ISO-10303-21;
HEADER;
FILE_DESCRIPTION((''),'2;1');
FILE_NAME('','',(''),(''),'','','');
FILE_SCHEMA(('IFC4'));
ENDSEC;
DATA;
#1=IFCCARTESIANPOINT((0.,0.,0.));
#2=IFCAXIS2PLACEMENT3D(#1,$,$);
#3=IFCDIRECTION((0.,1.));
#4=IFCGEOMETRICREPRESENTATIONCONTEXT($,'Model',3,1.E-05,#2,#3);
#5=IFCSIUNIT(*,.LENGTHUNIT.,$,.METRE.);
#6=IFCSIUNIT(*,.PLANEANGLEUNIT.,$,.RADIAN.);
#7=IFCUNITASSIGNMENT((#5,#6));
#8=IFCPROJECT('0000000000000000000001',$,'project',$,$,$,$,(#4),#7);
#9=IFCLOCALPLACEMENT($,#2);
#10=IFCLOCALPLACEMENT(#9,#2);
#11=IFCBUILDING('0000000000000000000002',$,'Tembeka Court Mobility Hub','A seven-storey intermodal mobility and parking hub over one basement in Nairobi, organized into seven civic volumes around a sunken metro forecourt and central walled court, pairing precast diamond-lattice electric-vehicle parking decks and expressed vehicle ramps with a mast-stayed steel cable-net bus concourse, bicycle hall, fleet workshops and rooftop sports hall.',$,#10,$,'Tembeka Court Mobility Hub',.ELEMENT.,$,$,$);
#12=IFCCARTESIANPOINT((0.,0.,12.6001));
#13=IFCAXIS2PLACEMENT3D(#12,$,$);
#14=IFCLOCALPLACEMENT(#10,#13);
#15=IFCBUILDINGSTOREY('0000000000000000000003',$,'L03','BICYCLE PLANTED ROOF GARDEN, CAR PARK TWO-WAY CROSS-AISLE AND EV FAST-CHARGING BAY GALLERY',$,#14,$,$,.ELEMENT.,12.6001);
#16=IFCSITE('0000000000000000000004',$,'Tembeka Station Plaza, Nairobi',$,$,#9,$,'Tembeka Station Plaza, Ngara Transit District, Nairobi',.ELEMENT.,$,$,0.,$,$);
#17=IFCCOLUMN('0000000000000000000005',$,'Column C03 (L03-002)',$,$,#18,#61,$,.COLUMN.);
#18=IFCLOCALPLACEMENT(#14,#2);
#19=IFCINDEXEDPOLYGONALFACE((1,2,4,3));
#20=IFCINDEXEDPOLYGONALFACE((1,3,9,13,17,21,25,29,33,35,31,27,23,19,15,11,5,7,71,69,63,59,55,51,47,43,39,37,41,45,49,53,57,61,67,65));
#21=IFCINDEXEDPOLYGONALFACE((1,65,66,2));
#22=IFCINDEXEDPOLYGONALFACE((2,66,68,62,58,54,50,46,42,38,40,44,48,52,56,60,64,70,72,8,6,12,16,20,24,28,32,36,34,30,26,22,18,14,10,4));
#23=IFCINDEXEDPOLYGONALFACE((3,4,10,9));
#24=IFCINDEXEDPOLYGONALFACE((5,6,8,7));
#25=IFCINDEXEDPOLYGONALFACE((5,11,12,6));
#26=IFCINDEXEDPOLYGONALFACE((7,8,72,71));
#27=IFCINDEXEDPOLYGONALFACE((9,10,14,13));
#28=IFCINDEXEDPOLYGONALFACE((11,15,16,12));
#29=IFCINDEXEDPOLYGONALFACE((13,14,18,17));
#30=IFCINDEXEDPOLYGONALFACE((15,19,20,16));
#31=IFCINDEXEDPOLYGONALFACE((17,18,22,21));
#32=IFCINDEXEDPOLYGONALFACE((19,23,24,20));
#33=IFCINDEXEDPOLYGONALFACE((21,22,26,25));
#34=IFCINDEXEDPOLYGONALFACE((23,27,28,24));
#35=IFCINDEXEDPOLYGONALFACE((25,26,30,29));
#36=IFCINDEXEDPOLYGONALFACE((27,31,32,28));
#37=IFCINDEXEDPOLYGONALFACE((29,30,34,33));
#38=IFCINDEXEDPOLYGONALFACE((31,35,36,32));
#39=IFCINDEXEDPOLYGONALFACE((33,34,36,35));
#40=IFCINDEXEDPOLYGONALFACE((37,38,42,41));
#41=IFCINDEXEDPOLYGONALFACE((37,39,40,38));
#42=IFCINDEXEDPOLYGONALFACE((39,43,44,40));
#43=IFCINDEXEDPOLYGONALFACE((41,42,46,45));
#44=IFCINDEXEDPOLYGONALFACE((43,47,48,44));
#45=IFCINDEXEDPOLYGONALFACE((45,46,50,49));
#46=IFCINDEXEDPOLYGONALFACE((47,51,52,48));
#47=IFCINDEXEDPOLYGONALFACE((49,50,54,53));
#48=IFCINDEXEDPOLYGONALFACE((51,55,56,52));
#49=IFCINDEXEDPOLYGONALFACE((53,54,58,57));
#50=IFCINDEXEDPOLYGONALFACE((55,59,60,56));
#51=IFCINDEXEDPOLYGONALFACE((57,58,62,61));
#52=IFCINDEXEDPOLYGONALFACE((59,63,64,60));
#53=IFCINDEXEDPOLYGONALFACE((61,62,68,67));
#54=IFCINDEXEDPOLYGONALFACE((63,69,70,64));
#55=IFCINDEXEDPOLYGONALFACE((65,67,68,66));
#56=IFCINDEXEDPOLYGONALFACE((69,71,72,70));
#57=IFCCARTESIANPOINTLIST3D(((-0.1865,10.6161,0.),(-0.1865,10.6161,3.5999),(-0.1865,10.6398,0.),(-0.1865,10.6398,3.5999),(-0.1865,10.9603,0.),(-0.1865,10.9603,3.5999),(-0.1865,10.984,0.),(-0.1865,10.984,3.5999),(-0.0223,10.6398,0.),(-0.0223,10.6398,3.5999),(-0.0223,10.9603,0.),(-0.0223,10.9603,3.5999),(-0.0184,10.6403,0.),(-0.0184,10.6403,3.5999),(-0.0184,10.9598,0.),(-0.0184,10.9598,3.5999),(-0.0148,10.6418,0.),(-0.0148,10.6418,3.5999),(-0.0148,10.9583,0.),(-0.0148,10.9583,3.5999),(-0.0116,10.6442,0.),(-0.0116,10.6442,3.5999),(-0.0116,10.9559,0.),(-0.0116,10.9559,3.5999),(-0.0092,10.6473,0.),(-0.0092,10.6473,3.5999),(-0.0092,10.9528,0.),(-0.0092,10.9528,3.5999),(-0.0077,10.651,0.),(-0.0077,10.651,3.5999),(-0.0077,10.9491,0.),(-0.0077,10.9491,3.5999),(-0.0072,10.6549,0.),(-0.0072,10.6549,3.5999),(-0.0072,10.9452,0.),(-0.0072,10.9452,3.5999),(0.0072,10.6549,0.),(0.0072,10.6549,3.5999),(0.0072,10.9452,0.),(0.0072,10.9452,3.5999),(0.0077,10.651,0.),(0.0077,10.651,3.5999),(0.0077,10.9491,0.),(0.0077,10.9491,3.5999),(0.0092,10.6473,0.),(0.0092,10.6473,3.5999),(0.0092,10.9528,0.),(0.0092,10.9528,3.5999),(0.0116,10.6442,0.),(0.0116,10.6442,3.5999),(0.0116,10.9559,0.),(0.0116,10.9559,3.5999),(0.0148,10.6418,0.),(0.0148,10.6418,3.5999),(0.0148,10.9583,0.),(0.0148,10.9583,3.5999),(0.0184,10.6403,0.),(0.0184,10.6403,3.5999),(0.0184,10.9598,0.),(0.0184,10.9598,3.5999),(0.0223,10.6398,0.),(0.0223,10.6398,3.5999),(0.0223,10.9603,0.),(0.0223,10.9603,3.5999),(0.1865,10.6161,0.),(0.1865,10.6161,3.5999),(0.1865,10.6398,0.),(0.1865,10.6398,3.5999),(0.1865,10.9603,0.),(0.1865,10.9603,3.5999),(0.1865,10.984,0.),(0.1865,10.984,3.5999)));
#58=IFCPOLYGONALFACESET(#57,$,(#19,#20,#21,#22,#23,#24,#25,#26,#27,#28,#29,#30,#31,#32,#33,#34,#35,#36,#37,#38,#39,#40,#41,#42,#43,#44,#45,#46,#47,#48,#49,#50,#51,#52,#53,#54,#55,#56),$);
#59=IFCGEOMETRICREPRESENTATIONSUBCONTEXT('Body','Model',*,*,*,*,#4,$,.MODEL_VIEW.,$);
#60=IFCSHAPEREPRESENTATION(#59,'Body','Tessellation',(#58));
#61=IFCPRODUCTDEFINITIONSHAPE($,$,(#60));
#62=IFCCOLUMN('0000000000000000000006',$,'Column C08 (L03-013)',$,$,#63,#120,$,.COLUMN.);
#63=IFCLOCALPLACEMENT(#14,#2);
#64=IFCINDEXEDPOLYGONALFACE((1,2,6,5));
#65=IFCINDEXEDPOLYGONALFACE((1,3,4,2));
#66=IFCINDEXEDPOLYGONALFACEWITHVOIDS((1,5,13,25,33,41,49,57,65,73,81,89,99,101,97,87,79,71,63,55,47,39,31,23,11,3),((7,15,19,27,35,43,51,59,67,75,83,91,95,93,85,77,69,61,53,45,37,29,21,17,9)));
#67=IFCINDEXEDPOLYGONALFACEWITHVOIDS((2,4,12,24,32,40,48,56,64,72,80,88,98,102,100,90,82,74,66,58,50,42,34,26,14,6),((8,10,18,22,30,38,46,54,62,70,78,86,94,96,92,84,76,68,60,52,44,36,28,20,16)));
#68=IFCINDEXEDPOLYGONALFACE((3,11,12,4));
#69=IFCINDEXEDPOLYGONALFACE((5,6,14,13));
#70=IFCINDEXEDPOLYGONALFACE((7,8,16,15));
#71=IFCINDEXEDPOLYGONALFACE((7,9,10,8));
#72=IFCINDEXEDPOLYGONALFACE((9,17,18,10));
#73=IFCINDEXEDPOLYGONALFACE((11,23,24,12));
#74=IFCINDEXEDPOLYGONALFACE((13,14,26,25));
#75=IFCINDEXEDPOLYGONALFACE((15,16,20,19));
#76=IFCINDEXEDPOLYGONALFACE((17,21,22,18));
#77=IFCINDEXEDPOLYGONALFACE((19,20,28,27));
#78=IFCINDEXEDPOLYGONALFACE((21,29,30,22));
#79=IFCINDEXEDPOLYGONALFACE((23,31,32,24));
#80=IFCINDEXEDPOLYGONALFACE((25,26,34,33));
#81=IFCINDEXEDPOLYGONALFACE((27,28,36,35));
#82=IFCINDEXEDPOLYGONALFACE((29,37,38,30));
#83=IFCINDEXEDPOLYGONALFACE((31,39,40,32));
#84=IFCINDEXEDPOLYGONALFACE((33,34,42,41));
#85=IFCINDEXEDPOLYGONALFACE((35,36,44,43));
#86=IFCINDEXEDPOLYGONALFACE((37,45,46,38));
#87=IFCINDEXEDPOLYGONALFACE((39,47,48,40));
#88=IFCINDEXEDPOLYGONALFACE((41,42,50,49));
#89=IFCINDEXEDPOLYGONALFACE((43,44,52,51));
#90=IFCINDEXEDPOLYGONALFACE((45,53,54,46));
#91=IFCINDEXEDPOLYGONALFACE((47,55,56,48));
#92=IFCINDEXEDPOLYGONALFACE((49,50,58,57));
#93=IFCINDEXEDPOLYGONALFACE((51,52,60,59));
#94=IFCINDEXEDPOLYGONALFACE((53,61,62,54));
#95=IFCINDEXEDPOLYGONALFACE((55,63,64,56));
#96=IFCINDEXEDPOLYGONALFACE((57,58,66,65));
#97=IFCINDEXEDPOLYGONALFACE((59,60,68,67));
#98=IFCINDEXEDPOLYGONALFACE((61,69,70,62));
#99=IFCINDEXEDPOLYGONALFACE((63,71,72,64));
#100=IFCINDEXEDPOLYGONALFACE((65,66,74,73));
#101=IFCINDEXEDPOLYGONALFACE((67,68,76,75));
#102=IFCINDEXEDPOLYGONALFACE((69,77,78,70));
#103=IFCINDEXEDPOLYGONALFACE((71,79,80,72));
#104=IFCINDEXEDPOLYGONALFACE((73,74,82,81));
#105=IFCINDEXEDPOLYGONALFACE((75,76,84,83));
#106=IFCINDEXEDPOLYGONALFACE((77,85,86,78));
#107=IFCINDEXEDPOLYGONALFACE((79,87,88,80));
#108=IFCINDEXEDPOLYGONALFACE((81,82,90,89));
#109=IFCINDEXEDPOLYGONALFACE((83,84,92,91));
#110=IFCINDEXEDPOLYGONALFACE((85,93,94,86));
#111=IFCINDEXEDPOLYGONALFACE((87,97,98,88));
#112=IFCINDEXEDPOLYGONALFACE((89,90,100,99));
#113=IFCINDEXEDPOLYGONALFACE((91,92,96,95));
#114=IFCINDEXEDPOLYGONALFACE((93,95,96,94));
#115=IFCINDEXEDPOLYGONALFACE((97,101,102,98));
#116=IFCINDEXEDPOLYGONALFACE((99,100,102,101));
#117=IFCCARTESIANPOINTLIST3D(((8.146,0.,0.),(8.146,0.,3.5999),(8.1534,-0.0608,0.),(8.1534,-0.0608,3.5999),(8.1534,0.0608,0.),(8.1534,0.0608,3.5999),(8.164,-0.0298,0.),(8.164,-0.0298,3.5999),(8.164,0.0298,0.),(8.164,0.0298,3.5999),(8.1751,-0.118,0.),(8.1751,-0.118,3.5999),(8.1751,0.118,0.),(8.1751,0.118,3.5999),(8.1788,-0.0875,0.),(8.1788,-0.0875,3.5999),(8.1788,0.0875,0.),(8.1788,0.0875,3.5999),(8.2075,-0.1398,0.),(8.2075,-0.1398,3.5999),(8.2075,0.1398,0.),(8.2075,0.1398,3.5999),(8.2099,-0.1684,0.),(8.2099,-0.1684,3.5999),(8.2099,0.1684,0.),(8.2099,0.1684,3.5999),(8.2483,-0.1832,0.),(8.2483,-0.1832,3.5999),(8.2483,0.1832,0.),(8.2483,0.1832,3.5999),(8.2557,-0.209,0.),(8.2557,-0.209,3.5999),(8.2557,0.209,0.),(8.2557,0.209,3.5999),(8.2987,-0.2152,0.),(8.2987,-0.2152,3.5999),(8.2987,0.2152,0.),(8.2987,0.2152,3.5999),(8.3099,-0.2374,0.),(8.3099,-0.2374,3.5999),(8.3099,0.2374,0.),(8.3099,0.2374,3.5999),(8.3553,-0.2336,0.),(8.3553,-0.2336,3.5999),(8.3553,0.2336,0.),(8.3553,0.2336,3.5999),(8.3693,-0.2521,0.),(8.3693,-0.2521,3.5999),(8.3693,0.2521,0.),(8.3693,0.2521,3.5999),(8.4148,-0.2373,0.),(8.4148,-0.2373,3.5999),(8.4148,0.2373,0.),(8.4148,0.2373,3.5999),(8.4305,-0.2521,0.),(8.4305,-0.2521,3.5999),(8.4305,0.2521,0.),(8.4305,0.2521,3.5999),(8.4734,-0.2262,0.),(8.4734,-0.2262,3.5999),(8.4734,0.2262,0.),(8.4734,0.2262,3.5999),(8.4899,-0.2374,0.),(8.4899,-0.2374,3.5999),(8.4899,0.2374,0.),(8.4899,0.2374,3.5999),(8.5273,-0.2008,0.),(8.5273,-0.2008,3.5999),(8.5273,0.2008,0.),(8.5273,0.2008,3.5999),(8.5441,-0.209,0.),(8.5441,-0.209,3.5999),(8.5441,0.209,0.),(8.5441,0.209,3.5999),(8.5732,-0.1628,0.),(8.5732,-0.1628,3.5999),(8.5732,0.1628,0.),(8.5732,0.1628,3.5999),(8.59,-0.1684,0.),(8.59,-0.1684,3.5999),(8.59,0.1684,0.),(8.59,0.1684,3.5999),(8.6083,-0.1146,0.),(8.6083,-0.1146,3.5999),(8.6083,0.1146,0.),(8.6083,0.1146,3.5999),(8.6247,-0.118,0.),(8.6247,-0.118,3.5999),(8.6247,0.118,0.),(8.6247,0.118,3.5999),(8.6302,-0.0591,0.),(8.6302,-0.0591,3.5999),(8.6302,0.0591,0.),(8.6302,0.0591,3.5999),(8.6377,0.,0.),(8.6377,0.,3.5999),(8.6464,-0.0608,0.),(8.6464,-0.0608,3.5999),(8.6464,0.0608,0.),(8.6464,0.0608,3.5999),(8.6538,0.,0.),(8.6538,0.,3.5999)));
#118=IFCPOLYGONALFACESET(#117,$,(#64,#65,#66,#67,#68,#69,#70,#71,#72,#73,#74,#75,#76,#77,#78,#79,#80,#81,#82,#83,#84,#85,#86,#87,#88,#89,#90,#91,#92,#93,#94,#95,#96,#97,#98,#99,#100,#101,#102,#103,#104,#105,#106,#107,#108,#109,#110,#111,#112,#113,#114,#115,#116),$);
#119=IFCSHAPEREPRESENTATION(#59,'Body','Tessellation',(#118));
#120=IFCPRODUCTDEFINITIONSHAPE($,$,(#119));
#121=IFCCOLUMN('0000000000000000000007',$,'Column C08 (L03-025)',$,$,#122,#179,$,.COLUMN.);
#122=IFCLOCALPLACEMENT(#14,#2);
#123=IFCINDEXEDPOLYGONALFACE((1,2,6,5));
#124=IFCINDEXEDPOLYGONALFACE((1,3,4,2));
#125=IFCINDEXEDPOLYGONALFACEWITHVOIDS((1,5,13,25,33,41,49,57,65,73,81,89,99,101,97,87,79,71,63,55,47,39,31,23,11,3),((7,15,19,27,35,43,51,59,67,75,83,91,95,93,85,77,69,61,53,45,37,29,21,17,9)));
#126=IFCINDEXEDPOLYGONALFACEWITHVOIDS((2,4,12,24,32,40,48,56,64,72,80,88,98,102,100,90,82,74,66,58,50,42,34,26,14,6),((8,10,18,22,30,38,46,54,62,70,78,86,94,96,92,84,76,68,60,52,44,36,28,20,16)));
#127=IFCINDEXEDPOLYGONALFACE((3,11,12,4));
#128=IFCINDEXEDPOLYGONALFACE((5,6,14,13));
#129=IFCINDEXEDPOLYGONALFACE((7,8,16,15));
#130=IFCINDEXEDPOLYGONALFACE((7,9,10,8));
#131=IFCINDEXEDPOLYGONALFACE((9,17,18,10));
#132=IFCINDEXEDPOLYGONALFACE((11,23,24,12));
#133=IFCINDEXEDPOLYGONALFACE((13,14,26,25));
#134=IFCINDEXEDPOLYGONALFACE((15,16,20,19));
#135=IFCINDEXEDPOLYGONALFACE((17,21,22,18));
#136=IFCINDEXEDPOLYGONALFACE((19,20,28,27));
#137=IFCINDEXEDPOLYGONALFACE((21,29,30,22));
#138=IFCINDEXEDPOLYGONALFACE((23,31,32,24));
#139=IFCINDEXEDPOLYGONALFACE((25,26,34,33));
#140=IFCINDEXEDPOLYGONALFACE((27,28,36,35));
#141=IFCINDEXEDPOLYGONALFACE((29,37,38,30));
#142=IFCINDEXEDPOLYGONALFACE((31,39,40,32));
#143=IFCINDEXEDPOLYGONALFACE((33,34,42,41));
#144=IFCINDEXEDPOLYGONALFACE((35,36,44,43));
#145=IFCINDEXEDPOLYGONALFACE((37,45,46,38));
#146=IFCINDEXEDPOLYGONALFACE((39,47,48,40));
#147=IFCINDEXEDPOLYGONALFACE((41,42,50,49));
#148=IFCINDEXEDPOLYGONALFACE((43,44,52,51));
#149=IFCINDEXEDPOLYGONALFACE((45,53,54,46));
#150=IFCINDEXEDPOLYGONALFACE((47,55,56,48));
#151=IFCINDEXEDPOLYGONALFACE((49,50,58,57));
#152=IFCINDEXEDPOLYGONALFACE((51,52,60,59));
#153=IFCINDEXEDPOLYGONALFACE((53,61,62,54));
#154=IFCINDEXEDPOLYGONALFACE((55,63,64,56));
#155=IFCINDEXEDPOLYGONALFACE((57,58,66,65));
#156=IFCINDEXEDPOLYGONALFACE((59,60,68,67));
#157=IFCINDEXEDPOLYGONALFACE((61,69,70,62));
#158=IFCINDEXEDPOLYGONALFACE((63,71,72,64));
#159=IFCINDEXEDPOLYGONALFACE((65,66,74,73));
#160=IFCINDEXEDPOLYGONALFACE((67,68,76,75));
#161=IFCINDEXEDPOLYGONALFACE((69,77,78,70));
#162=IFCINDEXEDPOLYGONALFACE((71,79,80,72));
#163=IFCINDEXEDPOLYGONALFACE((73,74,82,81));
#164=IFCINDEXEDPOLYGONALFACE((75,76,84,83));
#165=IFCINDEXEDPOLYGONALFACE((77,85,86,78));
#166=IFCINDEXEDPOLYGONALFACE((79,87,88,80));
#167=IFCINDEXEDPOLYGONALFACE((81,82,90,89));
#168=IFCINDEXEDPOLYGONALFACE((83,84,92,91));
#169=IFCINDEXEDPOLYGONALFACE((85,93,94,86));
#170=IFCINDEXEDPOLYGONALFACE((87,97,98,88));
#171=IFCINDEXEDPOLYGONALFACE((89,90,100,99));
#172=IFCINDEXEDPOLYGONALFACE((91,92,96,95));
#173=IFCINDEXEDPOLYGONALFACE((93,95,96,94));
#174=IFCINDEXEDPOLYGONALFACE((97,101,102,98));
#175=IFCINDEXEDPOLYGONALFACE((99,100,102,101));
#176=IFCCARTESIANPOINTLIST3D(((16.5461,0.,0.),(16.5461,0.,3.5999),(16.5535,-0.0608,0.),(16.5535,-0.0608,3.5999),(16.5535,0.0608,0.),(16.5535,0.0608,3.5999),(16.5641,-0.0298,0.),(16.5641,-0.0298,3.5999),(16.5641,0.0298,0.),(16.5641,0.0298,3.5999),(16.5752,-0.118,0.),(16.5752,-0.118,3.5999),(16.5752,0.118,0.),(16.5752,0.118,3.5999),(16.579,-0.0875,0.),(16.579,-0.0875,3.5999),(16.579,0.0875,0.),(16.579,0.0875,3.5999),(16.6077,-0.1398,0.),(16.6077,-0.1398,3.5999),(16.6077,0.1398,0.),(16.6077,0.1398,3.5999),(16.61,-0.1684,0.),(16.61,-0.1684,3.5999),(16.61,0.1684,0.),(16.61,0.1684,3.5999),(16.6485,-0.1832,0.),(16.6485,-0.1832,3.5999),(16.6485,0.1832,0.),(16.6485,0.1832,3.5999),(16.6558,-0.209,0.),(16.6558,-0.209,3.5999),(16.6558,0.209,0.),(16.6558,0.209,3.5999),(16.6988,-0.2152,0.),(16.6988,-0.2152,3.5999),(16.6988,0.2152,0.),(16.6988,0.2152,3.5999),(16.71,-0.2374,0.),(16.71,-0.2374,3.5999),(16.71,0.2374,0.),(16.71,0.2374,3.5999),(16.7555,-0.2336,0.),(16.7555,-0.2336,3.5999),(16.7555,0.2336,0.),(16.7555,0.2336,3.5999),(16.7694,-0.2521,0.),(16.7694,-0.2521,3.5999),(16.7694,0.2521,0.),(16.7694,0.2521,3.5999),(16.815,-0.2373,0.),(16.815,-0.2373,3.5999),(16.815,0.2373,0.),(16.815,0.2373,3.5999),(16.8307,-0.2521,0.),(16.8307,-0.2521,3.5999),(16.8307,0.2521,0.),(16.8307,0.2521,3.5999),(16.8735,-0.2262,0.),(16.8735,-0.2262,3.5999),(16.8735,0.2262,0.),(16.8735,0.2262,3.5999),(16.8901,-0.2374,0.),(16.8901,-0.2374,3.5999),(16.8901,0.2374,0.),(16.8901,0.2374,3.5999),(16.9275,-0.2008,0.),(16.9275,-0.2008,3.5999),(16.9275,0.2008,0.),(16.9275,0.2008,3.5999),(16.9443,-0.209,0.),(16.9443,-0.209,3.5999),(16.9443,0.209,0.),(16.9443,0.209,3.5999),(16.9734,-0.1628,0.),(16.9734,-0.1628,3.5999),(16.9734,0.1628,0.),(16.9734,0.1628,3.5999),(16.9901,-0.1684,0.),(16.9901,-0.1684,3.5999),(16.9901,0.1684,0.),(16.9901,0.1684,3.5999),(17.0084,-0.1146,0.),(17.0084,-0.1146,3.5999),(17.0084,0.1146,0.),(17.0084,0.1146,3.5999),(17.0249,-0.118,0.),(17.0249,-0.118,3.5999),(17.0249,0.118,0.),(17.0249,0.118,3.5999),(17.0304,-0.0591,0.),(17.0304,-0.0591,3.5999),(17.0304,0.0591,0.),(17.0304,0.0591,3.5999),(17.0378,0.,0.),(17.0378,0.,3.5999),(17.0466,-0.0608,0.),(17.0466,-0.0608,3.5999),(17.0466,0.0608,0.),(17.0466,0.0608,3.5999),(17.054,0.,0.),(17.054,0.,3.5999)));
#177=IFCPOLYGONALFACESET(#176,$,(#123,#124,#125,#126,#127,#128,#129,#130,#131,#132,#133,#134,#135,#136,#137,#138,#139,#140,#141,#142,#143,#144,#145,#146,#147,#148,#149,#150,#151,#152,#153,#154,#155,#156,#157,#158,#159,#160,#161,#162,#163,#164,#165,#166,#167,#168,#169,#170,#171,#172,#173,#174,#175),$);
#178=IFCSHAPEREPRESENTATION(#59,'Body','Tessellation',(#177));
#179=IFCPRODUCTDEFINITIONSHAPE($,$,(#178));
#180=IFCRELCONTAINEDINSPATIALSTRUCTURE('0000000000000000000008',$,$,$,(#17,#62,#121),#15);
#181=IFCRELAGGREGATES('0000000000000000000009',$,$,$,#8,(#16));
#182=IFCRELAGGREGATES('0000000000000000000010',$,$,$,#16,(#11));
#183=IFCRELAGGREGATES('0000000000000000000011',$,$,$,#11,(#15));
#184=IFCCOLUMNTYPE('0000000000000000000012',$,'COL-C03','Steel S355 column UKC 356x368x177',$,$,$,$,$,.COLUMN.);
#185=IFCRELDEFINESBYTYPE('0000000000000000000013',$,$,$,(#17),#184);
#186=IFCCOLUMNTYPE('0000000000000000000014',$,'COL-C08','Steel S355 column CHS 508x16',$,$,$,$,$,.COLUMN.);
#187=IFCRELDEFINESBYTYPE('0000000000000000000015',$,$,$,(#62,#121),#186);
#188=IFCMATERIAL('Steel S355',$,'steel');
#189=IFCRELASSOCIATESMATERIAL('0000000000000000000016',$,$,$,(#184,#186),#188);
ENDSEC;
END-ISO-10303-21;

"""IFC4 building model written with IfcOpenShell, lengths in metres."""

from ifc_helpers import new_model, si_unit, direction, frame, origin, origin_2d, place, context, subcontext, project, spatial, hollow_circle, i_section, extrude, material, material_profile, profile_set, type_object, element, save


model = new_model("IFC4")

# Units and contexts
model_context = context("Model", 3, precision=1e-05, world=origin(), true_north=direction((0.0, 1.0)))
body_context = subcontext(model_context, "Body", "Model", "MODEL_VIEW")
ifc_project = project(units=[si_unit("LENGTHUNIT", "METRE"), si_unit("PLANEANGLEUNIT", "RADIAN")], contexts=[model_context])

# Site, building, storey
site_placement = place(None, origin())
site = spatial("IfcSite", under=ifc_project, at=site_placement, Name="Tembeka Station Plaza, Nairobi", LongName="Tembeka Station Plaza, Ngara Transit District, Nairobi", CompositionType="ELEMENT", RefElevation=0.0)
building_placement = place(site_placement, origin())
building = spatial("IfcBuilding", under=site, at=building_placement, Name="Tembeka Court Mobility Hub", Description="A seven-storey intermodal mobility and parking hub over one basement in Nairobi, organized into seven civic volumes around a sunken metro forecourt and central walled court, pairing precast diamond-lattice electric-vehicle parking decks and expressed vehicle ramps with a mast-stayed steel cable-net bus concourse, bicycle hall, fleet workshops and rooftop sports hall.", LongName="Tembeka Court Mobility Hub", CompositionType="ELEMENT")
storey_placement = place(building_placement, frame((0.0, 0.0, 12.6001)))
storey = spatial("IfcBuildingStorey", under=building, at=storey_placement, Name="L03", Description="BICYCLE PLANTED ROOF GARDEN, CAR PARK TWO-WAY CROSS-AISLE AND EV FAST-CHARGING BAY GALLERY", CompositionType="ELEMENT", Elevation=12.6001)

# Columns
ifc_material_1 = material(Name="Steel S355", Category="steel")
ifc_material_profile_1 = material_profile(ifc_material_1, i_section(OverallWidth=0.373, OverallDepth=0.3679, WebThickness=0.0144, FlangeThickness=0.0237, FilletRadius=0.0151, at=origin_2d()), Name="UKC 356x368x177")
ifc_profile_set_1 = profile_set([ifc_material_profile_1], Name="Steel S355")
column_type_1 = type_object("IfcColumnType", Name="COL-C03", Description="Steel S355 column UKC 356x368x177", PredefinedType="COLUMN", material=ifc_profile_set_1)
column_placement = place(storey_placement, frame((0.0, 10.8, 0.0), z_axis=(0.0, 0.0, 1.0), x_axis=(1.0, 0.0, 0.0)))
element("IfcColumn", 1, at=column_placement, inside=storey, type_object=column_type_1, Name="Column C03 (L03-002)", PredefinedType="COLUMN", context=body_context, shape_type="SweptSolid", body=[
    extrude(i_section(OverallWidth=0.373, OverallDepth=0.3679, WebThickness=0.0144, FlangeThickness=0.0237, FilletRadius=0.0151, at=origin_2d()), origin(), (0.0, 0.0, 1.0), 3.5999),
])
ifc_material_profile_2 = material_profile(ifc_material_1, hollow_circle(Radius=0.2539, WallThickness=0.0161, at=origin_2d()), Name="CHS 508x16")
ifc_profile_set_2 = profile_set([ifc_material_profile_2], Name="Steel S355")
column_type_2 = type_object("IfcColumnType", Name="COL-C08", Description="Steel S355 column CHS 508x16", PredefinedType="COLUMN", material=ifc_profile_set_2)
for number, where, z_axis, x_axis, name in (
    (2, (8.3999, 0.0, 0.0), (0.0, 0.0, 1.0), (1.0, 0.0, 0.0), "Column C08 (L03-013)"),
    (3, (16.8, 0.0, 0.0), (0.0, 0.0, 1.0), (1.0, 0.0, 0.0), "Column C08 (L03-025)"),
):
    element("IfcColumn", number, at=place(storey_placement, frame(where, z_axis=z_axis, x_axis=x_axis)), inside=storey, type_object=column_type_2, Name=name, PredefinedType="COLUMN", context=body_context, shape_type="SweptSolid", body=[
        extrude(hollow_circle(Radius=0.2539, WallThickness=0.0161, at=origin_2d()), origin(), (0.0, 0.0, 1.0), 3.5999),
    ])

save(model, "model.ifc")
